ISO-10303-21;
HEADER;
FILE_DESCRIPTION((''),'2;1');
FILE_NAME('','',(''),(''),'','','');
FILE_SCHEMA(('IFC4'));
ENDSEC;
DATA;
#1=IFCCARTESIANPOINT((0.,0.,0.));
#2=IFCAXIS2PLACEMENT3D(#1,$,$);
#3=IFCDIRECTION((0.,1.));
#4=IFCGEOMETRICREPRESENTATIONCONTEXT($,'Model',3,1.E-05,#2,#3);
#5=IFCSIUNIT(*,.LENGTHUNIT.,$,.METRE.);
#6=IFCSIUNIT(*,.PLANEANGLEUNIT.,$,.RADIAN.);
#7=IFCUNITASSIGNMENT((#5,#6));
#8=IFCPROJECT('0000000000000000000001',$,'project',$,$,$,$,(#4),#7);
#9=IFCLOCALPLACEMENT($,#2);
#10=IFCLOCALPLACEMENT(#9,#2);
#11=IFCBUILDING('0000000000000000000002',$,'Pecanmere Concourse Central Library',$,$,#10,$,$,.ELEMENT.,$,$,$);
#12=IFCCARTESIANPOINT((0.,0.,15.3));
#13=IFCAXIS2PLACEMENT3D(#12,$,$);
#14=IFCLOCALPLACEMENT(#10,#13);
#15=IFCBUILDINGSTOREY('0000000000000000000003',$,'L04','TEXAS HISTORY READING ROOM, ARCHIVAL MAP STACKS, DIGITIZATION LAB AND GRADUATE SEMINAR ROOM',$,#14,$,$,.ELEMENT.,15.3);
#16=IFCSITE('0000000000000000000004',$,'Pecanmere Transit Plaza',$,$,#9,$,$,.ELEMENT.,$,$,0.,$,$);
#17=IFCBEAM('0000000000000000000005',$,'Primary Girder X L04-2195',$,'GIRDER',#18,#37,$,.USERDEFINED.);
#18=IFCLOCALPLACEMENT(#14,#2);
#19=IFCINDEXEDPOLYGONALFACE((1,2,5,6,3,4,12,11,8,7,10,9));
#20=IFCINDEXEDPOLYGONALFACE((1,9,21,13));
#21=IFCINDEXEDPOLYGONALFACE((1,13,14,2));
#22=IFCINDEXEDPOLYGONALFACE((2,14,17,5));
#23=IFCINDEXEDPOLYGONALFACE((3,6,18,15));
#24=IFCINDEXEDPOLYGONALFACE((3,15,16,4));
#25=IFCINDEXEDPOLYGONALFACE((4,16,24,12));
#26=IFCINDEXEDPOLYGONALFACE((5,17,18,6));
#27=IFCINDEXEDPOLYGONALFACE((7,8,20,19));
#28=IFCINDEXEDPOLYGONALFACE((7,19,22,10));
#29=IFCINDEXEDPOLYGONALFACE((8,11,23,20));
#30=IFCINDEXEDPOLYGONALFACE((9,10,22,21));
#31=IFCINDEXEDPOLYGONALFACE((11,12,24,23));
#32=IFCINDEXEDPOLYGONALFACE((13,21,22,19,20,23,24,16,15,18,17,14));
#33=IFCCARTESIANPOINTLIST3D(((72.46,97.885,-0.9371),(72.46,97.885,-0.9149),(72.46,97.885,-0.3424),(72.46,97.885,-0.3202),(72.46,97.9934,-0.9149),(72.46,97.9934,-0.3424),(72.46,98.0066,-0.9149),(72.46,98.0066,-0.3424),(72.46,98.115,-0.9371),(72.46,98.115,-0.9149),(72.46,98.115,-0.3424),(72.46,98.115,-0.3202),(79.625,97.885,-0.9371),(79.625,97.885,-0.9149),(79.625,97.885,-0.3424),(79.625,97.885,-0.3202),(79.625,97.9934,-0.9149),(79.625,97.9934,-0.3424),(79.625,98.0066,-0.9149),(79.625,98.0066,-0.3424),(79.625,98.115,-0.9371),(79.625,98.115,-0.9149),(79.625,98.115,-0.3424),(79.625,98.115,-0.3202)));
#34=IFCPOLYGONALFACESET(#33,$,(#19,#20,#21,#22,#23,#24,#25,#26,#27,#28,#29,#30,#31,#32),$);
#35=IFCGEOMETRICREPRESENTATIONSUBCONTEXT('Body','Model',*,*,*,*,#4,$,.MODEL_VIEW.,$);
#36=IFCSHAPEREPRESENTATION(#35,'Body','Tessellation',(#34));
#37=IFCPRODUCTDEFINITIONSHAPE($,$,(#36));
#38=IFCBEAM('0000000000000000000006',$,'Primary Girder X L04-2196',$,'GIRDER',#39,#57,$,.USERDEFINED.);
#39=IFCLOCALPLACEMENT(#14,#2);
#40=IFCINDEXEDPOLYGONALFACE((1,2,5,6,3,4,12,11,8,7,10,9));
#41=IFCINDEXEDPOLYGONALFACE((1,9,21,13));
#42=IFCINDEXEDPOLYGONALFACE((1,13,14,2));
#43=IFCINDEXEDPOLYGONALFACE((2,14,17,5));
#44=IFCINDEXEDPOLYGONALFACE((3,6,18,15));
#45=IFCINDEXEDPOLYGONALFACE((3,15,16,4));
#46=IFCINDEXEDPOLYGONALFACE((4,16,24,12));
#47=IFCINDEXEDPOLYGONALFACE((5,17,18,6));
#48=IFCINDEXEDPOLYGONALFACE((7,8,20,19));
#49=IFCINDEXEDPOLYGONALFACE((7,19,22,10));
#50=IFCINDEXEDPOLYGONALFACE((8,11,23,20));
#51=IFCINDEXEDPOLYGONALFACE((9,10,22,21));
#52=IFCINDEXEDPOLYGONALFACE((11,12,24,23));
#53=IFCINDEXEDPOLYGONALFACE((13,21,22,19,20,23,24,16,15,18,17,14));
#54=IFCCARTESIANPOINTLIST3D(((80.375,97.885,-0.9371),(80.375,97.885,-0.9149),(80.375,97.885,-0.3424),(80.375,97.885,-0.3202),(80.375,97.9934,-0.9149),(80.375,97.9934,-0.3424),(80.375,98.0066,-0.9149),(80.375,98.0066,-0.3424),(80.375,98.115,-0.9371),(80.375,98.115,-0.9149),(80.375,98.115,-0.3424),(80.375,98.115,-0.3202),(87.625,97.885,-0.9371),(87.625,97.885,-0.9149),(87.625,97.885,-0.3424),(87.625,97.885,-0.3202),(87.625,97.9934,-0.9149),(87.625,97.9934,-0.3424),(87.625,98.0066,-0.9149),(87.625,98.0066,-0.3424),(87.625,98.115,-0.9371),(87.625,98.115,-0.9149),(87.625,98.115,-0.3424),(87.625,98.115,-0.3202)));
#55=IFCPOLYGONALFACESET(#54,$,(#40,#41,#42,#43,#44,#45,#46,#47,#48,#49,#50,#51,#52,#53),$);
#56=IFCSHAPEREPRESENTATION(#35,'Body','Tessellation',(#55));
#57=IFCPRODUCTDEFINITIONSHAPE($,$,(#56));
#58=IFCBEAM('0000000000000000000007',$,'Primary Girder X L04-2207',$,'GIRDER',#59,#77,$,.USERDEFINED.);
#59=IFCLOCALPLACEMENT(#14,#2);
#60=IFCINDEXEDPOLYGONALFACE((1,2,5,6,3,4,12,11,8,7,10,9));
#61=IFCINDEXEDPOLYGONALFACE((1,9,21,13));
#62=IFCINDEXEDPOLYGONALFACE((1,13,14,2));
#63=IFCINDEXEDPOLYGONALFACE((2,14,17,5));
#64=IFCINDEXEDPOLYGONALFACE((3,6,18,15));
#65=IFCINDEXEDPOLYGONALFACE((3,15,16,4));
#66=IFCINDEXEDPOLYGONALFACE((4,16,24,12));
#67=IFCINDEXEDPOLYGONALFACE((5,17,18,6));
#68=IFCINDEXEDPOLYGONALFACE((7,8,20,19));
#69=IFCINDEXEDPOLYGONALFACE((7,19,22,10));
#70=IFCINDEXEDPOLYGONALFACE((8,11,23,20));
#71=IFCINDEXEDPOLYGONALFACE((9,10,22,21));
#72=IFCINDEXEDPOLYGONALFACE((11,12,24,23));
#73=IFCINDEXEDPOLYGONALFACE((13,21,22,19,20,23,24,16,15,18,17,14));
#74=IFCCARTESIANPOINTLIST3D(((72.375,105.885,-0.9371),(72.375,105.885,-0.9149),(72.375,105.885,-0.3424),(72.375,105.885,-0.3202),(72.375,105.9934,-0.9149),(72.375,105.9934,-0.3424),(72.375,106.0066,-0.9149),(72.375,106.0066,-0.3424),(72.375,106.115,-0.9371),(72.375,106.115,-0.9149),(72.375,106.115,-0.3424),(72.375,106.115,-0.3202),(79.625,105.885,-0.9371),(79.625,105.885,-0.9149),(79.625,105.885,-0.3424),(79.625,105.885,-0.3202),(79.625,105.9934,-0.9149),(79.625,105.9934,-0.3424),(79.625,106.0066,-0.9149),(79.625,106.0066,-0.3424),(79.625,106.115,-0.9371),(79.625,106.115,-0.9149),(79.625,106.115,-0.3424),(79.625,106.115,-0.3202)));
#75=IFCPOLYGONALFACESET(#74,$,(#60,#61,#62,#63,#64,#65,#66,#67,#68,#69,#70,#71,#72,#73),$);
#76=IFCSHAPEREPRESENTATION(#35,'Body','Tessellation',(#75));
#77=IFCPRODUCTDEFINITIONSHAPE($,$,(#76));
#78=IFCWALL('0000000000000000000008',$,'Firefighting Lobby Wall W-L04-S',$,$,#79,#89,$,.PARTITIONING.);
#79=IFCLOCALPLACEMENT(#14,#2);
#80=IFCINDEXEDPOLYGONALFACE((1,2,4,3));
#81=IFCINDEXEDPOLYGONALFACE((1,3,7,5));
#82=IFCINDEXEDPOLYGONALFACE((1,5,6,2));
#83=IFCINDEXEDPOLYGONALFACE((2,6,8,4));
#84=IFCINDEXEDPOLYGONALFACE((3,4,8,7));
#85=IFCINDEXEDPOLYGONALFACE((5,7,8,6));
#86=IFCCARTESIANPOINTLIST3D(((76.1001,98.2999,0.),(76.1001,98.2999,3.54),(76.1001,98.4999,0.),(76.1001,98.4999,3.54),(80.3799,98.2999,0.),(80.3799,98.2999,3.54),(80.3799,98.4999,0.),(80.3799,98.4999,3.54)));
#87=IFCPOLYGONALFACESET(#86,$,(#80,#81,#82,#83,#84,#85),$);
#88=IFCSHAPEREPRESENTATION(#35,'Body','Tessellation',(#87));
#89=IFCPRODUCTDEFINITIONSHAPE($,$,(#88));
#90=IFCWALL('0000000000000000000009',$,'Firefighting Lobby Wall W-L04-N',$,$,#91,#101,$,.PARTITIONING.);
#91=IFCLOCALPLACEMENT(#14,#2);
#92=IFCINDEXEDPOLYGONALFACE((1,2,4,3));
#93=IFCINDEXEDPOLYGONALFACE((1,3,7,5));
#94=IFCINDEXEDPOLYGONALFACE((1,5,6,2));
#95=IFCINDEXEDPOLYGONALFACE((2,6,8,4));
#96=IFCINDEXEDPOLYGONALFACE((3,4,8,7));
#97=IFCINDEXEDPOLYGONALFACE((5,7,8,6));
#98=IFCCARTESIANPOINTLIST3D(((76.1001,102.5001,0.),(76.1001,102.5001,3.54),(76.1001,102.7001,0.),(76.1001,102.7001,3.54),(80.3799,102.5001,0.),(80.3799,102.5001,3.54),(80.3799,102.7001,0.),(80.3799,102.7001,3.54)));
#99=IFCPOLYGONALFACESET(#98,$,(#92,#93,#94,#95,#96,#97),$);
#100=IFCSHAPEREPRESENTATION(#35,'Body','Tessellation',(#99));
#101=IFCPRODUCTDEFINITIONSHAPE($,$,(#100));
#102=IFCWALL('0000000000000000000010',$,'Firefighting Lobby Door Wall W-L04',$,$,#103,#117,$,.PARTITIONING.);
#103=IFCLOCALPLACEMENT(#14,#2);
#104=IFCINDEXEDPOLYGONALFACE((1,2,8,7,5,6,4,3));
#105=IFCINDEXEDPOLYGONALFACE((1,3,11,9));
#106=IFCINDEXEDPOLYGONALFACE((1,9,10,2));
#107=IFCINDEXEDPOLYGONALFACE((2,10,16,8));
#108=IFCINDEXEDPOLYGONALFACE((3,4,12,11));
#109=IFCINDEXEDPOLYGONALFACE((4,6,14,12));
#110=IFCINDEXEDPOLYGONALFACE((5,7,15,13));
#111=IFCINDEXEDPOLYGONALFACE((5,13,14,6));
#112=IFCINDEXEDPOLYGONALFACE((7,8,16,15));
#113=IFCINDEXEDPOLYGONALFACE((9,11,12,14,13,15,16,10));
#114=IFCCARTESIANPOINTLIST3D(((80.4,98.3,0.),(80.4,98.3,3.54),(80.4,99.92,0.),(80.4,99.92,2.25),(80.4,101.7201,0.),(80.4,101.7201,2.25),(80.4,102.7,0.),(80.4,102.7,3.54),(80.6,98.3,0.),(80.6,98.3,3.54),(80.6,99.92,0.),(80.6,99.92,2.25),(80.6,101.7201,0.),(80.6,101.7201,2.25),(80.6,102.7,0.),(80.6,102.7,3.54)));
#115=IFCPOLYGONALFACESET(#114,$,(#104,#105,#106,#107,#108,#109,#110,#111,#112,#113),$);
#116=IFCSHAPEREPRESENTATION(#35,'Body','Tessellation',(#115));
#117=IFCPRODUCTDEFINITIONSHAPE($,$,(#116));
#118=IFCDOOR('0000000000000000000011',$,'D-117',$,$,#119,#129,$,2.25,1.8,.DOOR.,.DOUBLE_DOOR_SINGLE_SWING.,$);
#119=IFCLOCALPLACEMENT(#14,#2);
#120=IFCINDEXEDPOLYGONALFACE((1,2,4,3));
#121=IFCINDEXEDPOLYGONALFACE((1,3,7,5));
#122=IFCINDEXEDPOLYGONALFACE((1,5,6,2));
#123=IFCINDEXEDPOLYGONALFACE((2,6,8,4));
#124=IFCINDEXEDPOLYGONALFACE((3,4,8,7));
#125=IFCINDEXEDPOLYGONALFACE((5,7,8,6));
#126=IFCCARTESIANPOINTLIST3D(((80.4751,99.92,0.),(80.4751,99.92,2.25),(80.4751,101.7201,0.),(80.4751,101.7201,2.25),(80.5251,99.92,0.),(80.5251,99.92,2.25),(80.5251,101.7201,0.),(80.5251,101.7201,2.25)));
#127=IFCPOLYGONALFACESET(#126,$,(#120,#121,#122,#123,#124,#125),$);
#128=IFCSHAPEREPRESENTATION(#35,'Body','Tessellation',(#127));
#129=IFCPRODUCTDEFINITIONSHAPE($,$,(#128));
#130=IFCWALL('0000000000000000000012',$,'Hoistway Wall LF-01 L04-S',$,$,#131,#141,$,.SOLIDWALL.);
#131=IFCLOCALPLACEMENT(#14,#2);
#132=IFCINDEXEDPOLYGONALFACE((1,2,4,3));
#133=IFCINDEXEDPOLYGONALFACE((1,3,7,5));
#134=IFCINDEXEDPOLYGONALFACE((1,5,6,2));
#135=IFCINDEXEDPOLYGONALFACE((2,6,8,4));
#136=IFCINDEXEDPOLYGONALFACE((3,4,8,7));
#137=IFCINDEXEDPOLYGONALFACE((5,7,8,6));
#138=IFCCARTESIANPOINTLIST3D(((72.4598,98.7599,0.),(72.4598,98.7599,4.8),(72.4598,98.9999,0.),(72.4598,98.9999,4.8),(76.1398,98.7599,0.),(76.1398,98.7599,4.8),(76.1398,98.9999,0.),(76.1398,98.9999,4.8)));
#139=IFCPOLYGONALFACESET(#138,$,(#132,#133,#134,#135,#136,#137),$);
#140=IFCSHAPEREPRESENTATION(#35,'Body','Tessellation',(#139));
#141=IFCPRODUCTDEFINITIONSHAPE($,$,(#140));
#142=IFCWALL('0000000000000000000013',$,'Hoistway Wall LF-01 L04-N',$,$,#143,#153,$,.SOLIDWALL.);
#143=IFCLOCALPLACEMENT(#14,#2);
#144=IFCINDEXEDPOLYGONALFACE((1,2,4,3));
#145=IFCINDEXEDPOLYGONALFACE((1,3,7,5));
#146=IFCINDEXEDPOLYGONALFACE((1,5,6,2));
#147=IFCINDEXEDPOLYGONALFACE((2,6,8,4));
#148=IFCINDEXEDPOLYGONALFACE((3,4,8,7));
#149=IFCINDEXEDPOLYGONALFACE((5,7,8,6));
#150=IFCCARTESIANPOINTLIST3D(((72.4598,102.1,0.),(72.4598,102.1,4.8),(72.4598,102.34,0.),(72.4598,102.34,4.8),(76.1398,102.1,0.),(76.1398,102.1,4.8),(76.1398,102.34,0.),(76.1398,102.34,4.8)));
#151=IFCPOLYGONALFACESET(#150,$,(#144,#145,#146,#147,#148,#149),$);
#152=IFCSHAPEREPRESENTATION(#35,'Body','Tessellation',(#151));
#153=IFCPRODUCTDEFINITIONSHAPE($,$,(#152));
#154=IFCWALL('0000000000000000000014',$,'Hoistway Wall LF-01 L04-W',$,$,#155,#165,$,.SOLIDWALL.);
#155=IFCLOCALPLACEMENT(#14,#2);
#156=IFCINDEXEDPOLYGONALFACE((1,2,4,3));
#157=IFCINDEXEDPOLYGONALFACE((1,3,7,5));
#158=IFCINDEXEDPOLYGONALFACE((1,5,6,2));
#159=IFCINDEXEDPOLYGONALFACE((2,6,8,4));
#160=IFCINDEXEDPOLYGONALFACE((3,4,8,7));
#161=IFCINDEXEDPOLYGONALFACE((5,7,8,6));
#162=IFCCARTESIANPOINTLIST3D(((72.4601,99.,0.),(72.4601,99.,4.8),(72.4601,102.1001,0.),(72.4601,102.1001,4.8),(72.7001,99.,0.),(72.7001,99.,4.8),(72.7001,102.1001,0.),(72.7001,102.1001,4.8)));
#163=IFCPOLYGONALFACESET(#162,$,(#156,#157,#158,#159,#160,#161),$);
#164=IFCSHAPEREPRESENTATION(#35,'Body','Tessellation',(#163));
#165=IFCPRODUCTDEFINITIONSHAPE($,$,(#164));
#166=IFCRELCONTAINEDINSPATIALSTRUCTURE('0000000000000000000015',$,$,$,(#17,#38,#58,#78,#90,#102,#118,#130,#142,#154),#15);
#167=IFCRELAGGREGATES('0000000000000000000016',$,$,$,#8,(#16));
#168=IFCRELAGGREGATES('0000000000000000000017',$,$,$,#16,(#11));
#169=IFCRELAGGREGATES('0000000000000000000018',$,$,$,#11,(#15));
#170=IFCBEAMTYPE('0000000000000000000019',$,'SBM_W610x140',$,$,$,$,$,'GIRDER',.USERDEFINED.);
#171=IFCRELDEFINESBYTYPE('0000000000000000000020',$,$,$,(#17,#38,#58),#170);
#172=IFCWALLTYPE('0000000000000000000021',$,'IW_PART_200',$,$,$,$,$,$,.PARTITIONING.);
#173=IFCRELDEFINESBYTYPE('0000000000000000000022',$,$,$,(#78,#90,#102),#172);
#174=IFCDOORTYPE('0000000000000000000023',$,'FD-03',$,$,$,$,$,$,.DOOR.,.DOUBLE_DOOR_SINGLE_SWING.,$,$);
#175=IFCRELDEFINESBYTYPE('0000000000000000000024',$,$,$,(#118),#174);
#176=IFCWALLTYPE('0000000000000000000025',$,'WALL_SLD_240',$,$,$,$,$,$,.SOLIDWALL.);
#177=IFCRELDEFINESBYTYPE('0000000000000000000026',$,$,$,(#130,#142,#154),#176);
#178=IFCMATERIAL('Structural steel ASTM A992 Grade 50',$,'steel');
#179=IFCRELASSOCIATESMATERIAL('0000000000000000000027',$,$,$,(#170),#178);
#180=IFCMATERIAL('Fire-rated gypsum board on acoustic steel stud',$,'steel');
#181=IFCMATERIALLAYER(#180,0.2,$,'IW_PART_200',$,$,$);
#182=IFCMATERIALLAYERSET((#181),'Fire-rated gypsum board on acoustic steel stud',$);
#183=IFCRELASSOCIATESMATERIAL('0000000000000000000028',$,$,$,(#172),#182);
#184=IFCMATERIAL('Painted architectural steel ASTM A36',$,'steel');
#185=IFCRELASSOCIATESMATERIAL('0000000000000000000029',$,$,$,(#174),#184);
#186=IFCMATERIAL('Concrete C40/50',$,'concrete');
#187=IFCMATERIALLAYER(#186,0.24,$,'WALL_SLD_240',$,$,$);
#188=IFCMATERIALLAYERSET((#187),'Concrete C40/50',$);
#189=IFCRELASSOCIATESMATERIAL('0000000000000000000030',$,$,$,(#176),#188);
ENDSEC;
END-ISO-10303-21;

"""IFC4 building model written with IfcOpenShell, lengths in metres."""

from ifc_helpers import new_model, si_unit, direction, frame, frame_2d, origin, origin_2d, place, context, subcontext, project, spatial, rectangle, i_section, extrude, material, layer, layer_set, material_profile, profile_set, type_object, element, fill, save


model = new_model("IFC4")

# Units and contexts
model_context = context("Model", 3, precision=1e-05, world=origin(), true_north=direction((0.0, 1.0)))
body_context = subcontext(model_context, "Body", "Model", "MODEL_VIEW")
ifc_project = project(units=[si_unit("LENGTHUNIT", "METRE"), si_unit("PLANEANGLEUNIT", "RADIAN")], contexts=[model_context])

# Site, building, storey
site_placement = place(None, origin())
site = spatial("IfcSite", under=ifc_project, at=site_placement, Name="Pecanmere Transit Plaza", CompositionType="ELEMENT", RefElevation=0.0)
building_placement = place(site_placement, origin())
building = spatial("IfcBuilding", under=site, at=building_placement, Name="Pecanmere Concourse Central Library", CompositionType="ELEMENT")
storey_placement = place(building_placement, frame((0.0, 0.0, 15.3)))
storey = spatial("IfcBuildingStorey", under=building, at=storey_placement, Name="L04", Description="TEXAS HISTORY READING ROOM, ARCHIVAL MAP STACKS, DIGITIZATION LAB AND GRADUATE SEMINAR ROOM", CompositionType="ELEMENT", Elevation=15.3)

# Beams
ifc_material_1 = material(Name="Structural steel ASTM A992 Grade 50", Category="steel")
ifc_material_profile_1 = material_profile(ifc_material_1, i_section(OverallWidth=0.23, OverallDepth=0.6169, WebThickness=0.0132, FlangeThickness=0.0222, at=origin_2d()), Name="W610x140")
ifc_profile_set_1 = profile_set([ifc_material_profile_1], Name="Structural steel ASTM A992 Grade 50")
beam_type_1 = type_object("IfcBeamType", Name="SBM_W610x140", ElementType="GIRDER", PredefinedType="USERDEFINED", material=ifc_profile_set_1)
beam_1_placement = place(storey_placement, frame((72.46, 98.0, -0.6287), z_axis=(1.0, 0.0, 0.0), x_axis=(0.0, 1.0, 0.0)))
element("IfcBeam", 1, at=beam_1_placement, inside=storey, type_object=beam_type_1, Name="Primary Girder X L04-2195", ObjectType="GIRDER", PredefinedType="USERDEFINED", context=body_context, shape_type="SweptSolid", body=[
    extrude(i_section(OverallWidth=0.23, OverallDepth=0.6169, WebThickness=0.0132, FlangeThickness=0.0222, at=origin_2d()), origin(), (0.0, 0.0, 1.0), 7.165),
])
for number, where, z_axis, x_axis, name in (
    (2, (80.375, 98.0, -0.6287), (1.0, 0.0, 0.0), (0.0, 1.0, 0.0), "Primary Girder X L04-2196"),
    (3, (72.375, 106.0, -0.6287), (1.0, 0.0, 0.0), (0.0, 1.0, 0.0), "Primary Girder X L04-2207"),
):
    element("IfcBeam", number, at=place(storey_placement, frame(where, z_axis=z_axis, x_axis=x_axis)), inside=storey, type_object=beam_type_1, Name=name, ObjectType="GIRDER", PredefinedType="USERDEFINED", context=body_context, shape_type="SweptSolid", body=[
        extrude(i_section(OverallWidth=0.23, OverallDepth=0.6169, WebThickness=0.0132, FlangeThickness=0.0222, at=origin_2d()), origin(), (0.0, 0.0, 1.0), 7.25),
    ])

# Walls
ifc_material_2 = material(Name="Fire-rated gypsum board on acoustic steel stud", Category="steel")
ifc_layer_1 = layer(ifc_material_2, 0.2, Name="IW_PART_200")
ifc_layer_set_1 = layer_set([ifc_layer_1], Name="Fire-rated gypsum board on acoustic steel stud")
wall_type_1 = type_object("IfcWallType", Name="IW_PART_200", PredefinedType="PARTITIONING", material=ifc_layer_set_1)
for number, where, z_axis, x_axis, name in (
    (4, (76.1001, 98.3999, 0.0), (0.0, 0.0, 1.0), (1.0, 0.0, 0.0), "Firefighting Lobby Wall W-L04-S"),
    (5, (76.1001, 102.6001, 0.0), (0.0, 0.0, 1.0), (1.0, 0.0, 0.0), "Firefighting Lobby Wall W-L04-N"),
):
    element("IfcWall", number, at=place(storey_placement, frame(where, z_axis=z_axis, x_axis=x_axis)), inside=storey, type_object=wall_type_1, Name=name, PredefinedType="PARTITIONING", context=body_context, shape_type="SweptSolid", body=[
        extrude(rectangle(XDim=4.2798, YDim=0.2, at=frame_2d((2.1399, 0.0))), origin(), (0.0, 0.0, 1.0), 3.54),
    ])

# Wall, opening, door
wall_1_placement = place(storey_placement, frame((80.5, 98.3, 0.0), z_axis=(0.0, 0.0, 1.0), x_axis=(0.0, 1.0, 0.0)))
wall_1 = element("IfcWall", 6, at=wall_1_placement, inside=storey, type_object=wall_type_1, Name="Firefighting Lobby Door Wall W-L04", PredefinedType="PARTITIONING", context=body_context, shape_type="SweptSolid", body=[
    extrude(rectangle(XDim=4.3999, YDim=0.2, at=frame_2d((2.2, 0.0))), origin(), (0.0, 0.0, 1.0), 3.54),
])
opening_1_placement = place(wall_1_placement, frame((1.6201, 0.0, 0.0)))
opening_1 = element("IfcOpeningElement", 7, at=opening_1_placement, cuts=wall_1, PredefinedType="OPENING", context=body_context, shape_type="SweptSolid", body=[
    extrude(rectangle(XDim=1.8, YDim=2.25, at=frame_2d((0.8999, 1.125))), frame((0.0, 0.1118, 0.0), z_axis=(0.0, -1.0, 0.0), x_axis=(1.0, 0.0, 0.0)), (0.0, 0.0, 1.0), 0.2239),
])
ifc_material_3 = material(Name="Painted architectural steel ASTM A36", Category="steel")
door_type_1 = type_object("IfcDoorType", Name="FD-03", OperationType="DOUBLE_DOOR_SINGLE_SWING", PredefinedType="DOOR", material=ifc_material_3)
door_1_placement = place(opening_1_placement, origin())
door_1 = element("IfcDoor", 8, at=door_1_placement, inside=storey, type_object=door_type_1, Name="D-117", OperationType="DOUBLE_DOOR_SINGLE_SWING", OverallHeight=2.25, OverallWidth=1.8, PredefinedType="DOOR", context=body_context, shape_type="SweptSolid", body=[
    extrude(rectangle(XDim=1.8, YDim=2.25, at=frame_2d((0.8999, 1.125))), frame((0.0, 0.0249, 0.0), z_axis=(0.0, -1.0, 0.0), x_axis=(1.0, 0.0, 0.0)), (0.0, 0.0, 1.0), 0.05),
])
fill(opening_1, door_1)

# Walls
ifc_material_4 = material(Name="Concrete C40/50", Category="concrete")
ifc_layer_2 = layer(ifc_material_4, 0.24, Name="WALL_SLD_240")
ifc_layer_set_2 = layer_set([ifc_layer_2], Name="Concrete C40/50")
wall_type_2 = type_object("IfcWallType", Name="WALL_SLD_240", PredefinedType="SOLIDWALL", material=ifc_layer_set_2)
for number, where, z_axis, x_axis, name in (
    (9, (72.46, 98.8799, 0.0), (0.0, 0.0, 1.0), (1.0, 0.0, 0.0), "Hoistway Wall LF-01 L04-S"),
    (10, (72.46, 102.22, 0.0), (0.0, 0.0, 1.0), (1.0, 0.0, 0.0), "Hoistway Wall LF-01 L04-N"),
):
    element("IfcWall", number, at=place(storey_placement, frame(where, z_axis=z_axis, x_axis=x_axis)), inside=storey, type_object=wall_type_2, Name=name, PredefinedType="SOLIDWALL", context=body_context, shape_type="SweptSolid", body=[
        extrude(rectangle(XDim=3.6799, YDim=0.24, at=frame_2d((1.8398, 0.0))), origin(), (0.0, 0.0, 1.0), 4.8),
    ])
wall_2_placement = place(storey_placement, frame((72.5801, 99.0, 0.0), z_axis=(0.0, 0.0, 1.0), x_axis=(0.0, 1.0, 0.0)))
element("IfcWall", 11, at=wall_2_placement, inside=storey, type_object=wall_type_2, Name="Hoistway Wall LF-01 L04-W", PredefinedType="SOLIDWALL", context=body_context, shape_type="SweptSolid", body=[
    extrude(rectangle(XDim=3.1001, YDim=0.24, at=frame_2d((1.55, 0.0))), origin(), (0.0, 0.0, 1.0), 4.8),
])

save(model, "model.ifc")
